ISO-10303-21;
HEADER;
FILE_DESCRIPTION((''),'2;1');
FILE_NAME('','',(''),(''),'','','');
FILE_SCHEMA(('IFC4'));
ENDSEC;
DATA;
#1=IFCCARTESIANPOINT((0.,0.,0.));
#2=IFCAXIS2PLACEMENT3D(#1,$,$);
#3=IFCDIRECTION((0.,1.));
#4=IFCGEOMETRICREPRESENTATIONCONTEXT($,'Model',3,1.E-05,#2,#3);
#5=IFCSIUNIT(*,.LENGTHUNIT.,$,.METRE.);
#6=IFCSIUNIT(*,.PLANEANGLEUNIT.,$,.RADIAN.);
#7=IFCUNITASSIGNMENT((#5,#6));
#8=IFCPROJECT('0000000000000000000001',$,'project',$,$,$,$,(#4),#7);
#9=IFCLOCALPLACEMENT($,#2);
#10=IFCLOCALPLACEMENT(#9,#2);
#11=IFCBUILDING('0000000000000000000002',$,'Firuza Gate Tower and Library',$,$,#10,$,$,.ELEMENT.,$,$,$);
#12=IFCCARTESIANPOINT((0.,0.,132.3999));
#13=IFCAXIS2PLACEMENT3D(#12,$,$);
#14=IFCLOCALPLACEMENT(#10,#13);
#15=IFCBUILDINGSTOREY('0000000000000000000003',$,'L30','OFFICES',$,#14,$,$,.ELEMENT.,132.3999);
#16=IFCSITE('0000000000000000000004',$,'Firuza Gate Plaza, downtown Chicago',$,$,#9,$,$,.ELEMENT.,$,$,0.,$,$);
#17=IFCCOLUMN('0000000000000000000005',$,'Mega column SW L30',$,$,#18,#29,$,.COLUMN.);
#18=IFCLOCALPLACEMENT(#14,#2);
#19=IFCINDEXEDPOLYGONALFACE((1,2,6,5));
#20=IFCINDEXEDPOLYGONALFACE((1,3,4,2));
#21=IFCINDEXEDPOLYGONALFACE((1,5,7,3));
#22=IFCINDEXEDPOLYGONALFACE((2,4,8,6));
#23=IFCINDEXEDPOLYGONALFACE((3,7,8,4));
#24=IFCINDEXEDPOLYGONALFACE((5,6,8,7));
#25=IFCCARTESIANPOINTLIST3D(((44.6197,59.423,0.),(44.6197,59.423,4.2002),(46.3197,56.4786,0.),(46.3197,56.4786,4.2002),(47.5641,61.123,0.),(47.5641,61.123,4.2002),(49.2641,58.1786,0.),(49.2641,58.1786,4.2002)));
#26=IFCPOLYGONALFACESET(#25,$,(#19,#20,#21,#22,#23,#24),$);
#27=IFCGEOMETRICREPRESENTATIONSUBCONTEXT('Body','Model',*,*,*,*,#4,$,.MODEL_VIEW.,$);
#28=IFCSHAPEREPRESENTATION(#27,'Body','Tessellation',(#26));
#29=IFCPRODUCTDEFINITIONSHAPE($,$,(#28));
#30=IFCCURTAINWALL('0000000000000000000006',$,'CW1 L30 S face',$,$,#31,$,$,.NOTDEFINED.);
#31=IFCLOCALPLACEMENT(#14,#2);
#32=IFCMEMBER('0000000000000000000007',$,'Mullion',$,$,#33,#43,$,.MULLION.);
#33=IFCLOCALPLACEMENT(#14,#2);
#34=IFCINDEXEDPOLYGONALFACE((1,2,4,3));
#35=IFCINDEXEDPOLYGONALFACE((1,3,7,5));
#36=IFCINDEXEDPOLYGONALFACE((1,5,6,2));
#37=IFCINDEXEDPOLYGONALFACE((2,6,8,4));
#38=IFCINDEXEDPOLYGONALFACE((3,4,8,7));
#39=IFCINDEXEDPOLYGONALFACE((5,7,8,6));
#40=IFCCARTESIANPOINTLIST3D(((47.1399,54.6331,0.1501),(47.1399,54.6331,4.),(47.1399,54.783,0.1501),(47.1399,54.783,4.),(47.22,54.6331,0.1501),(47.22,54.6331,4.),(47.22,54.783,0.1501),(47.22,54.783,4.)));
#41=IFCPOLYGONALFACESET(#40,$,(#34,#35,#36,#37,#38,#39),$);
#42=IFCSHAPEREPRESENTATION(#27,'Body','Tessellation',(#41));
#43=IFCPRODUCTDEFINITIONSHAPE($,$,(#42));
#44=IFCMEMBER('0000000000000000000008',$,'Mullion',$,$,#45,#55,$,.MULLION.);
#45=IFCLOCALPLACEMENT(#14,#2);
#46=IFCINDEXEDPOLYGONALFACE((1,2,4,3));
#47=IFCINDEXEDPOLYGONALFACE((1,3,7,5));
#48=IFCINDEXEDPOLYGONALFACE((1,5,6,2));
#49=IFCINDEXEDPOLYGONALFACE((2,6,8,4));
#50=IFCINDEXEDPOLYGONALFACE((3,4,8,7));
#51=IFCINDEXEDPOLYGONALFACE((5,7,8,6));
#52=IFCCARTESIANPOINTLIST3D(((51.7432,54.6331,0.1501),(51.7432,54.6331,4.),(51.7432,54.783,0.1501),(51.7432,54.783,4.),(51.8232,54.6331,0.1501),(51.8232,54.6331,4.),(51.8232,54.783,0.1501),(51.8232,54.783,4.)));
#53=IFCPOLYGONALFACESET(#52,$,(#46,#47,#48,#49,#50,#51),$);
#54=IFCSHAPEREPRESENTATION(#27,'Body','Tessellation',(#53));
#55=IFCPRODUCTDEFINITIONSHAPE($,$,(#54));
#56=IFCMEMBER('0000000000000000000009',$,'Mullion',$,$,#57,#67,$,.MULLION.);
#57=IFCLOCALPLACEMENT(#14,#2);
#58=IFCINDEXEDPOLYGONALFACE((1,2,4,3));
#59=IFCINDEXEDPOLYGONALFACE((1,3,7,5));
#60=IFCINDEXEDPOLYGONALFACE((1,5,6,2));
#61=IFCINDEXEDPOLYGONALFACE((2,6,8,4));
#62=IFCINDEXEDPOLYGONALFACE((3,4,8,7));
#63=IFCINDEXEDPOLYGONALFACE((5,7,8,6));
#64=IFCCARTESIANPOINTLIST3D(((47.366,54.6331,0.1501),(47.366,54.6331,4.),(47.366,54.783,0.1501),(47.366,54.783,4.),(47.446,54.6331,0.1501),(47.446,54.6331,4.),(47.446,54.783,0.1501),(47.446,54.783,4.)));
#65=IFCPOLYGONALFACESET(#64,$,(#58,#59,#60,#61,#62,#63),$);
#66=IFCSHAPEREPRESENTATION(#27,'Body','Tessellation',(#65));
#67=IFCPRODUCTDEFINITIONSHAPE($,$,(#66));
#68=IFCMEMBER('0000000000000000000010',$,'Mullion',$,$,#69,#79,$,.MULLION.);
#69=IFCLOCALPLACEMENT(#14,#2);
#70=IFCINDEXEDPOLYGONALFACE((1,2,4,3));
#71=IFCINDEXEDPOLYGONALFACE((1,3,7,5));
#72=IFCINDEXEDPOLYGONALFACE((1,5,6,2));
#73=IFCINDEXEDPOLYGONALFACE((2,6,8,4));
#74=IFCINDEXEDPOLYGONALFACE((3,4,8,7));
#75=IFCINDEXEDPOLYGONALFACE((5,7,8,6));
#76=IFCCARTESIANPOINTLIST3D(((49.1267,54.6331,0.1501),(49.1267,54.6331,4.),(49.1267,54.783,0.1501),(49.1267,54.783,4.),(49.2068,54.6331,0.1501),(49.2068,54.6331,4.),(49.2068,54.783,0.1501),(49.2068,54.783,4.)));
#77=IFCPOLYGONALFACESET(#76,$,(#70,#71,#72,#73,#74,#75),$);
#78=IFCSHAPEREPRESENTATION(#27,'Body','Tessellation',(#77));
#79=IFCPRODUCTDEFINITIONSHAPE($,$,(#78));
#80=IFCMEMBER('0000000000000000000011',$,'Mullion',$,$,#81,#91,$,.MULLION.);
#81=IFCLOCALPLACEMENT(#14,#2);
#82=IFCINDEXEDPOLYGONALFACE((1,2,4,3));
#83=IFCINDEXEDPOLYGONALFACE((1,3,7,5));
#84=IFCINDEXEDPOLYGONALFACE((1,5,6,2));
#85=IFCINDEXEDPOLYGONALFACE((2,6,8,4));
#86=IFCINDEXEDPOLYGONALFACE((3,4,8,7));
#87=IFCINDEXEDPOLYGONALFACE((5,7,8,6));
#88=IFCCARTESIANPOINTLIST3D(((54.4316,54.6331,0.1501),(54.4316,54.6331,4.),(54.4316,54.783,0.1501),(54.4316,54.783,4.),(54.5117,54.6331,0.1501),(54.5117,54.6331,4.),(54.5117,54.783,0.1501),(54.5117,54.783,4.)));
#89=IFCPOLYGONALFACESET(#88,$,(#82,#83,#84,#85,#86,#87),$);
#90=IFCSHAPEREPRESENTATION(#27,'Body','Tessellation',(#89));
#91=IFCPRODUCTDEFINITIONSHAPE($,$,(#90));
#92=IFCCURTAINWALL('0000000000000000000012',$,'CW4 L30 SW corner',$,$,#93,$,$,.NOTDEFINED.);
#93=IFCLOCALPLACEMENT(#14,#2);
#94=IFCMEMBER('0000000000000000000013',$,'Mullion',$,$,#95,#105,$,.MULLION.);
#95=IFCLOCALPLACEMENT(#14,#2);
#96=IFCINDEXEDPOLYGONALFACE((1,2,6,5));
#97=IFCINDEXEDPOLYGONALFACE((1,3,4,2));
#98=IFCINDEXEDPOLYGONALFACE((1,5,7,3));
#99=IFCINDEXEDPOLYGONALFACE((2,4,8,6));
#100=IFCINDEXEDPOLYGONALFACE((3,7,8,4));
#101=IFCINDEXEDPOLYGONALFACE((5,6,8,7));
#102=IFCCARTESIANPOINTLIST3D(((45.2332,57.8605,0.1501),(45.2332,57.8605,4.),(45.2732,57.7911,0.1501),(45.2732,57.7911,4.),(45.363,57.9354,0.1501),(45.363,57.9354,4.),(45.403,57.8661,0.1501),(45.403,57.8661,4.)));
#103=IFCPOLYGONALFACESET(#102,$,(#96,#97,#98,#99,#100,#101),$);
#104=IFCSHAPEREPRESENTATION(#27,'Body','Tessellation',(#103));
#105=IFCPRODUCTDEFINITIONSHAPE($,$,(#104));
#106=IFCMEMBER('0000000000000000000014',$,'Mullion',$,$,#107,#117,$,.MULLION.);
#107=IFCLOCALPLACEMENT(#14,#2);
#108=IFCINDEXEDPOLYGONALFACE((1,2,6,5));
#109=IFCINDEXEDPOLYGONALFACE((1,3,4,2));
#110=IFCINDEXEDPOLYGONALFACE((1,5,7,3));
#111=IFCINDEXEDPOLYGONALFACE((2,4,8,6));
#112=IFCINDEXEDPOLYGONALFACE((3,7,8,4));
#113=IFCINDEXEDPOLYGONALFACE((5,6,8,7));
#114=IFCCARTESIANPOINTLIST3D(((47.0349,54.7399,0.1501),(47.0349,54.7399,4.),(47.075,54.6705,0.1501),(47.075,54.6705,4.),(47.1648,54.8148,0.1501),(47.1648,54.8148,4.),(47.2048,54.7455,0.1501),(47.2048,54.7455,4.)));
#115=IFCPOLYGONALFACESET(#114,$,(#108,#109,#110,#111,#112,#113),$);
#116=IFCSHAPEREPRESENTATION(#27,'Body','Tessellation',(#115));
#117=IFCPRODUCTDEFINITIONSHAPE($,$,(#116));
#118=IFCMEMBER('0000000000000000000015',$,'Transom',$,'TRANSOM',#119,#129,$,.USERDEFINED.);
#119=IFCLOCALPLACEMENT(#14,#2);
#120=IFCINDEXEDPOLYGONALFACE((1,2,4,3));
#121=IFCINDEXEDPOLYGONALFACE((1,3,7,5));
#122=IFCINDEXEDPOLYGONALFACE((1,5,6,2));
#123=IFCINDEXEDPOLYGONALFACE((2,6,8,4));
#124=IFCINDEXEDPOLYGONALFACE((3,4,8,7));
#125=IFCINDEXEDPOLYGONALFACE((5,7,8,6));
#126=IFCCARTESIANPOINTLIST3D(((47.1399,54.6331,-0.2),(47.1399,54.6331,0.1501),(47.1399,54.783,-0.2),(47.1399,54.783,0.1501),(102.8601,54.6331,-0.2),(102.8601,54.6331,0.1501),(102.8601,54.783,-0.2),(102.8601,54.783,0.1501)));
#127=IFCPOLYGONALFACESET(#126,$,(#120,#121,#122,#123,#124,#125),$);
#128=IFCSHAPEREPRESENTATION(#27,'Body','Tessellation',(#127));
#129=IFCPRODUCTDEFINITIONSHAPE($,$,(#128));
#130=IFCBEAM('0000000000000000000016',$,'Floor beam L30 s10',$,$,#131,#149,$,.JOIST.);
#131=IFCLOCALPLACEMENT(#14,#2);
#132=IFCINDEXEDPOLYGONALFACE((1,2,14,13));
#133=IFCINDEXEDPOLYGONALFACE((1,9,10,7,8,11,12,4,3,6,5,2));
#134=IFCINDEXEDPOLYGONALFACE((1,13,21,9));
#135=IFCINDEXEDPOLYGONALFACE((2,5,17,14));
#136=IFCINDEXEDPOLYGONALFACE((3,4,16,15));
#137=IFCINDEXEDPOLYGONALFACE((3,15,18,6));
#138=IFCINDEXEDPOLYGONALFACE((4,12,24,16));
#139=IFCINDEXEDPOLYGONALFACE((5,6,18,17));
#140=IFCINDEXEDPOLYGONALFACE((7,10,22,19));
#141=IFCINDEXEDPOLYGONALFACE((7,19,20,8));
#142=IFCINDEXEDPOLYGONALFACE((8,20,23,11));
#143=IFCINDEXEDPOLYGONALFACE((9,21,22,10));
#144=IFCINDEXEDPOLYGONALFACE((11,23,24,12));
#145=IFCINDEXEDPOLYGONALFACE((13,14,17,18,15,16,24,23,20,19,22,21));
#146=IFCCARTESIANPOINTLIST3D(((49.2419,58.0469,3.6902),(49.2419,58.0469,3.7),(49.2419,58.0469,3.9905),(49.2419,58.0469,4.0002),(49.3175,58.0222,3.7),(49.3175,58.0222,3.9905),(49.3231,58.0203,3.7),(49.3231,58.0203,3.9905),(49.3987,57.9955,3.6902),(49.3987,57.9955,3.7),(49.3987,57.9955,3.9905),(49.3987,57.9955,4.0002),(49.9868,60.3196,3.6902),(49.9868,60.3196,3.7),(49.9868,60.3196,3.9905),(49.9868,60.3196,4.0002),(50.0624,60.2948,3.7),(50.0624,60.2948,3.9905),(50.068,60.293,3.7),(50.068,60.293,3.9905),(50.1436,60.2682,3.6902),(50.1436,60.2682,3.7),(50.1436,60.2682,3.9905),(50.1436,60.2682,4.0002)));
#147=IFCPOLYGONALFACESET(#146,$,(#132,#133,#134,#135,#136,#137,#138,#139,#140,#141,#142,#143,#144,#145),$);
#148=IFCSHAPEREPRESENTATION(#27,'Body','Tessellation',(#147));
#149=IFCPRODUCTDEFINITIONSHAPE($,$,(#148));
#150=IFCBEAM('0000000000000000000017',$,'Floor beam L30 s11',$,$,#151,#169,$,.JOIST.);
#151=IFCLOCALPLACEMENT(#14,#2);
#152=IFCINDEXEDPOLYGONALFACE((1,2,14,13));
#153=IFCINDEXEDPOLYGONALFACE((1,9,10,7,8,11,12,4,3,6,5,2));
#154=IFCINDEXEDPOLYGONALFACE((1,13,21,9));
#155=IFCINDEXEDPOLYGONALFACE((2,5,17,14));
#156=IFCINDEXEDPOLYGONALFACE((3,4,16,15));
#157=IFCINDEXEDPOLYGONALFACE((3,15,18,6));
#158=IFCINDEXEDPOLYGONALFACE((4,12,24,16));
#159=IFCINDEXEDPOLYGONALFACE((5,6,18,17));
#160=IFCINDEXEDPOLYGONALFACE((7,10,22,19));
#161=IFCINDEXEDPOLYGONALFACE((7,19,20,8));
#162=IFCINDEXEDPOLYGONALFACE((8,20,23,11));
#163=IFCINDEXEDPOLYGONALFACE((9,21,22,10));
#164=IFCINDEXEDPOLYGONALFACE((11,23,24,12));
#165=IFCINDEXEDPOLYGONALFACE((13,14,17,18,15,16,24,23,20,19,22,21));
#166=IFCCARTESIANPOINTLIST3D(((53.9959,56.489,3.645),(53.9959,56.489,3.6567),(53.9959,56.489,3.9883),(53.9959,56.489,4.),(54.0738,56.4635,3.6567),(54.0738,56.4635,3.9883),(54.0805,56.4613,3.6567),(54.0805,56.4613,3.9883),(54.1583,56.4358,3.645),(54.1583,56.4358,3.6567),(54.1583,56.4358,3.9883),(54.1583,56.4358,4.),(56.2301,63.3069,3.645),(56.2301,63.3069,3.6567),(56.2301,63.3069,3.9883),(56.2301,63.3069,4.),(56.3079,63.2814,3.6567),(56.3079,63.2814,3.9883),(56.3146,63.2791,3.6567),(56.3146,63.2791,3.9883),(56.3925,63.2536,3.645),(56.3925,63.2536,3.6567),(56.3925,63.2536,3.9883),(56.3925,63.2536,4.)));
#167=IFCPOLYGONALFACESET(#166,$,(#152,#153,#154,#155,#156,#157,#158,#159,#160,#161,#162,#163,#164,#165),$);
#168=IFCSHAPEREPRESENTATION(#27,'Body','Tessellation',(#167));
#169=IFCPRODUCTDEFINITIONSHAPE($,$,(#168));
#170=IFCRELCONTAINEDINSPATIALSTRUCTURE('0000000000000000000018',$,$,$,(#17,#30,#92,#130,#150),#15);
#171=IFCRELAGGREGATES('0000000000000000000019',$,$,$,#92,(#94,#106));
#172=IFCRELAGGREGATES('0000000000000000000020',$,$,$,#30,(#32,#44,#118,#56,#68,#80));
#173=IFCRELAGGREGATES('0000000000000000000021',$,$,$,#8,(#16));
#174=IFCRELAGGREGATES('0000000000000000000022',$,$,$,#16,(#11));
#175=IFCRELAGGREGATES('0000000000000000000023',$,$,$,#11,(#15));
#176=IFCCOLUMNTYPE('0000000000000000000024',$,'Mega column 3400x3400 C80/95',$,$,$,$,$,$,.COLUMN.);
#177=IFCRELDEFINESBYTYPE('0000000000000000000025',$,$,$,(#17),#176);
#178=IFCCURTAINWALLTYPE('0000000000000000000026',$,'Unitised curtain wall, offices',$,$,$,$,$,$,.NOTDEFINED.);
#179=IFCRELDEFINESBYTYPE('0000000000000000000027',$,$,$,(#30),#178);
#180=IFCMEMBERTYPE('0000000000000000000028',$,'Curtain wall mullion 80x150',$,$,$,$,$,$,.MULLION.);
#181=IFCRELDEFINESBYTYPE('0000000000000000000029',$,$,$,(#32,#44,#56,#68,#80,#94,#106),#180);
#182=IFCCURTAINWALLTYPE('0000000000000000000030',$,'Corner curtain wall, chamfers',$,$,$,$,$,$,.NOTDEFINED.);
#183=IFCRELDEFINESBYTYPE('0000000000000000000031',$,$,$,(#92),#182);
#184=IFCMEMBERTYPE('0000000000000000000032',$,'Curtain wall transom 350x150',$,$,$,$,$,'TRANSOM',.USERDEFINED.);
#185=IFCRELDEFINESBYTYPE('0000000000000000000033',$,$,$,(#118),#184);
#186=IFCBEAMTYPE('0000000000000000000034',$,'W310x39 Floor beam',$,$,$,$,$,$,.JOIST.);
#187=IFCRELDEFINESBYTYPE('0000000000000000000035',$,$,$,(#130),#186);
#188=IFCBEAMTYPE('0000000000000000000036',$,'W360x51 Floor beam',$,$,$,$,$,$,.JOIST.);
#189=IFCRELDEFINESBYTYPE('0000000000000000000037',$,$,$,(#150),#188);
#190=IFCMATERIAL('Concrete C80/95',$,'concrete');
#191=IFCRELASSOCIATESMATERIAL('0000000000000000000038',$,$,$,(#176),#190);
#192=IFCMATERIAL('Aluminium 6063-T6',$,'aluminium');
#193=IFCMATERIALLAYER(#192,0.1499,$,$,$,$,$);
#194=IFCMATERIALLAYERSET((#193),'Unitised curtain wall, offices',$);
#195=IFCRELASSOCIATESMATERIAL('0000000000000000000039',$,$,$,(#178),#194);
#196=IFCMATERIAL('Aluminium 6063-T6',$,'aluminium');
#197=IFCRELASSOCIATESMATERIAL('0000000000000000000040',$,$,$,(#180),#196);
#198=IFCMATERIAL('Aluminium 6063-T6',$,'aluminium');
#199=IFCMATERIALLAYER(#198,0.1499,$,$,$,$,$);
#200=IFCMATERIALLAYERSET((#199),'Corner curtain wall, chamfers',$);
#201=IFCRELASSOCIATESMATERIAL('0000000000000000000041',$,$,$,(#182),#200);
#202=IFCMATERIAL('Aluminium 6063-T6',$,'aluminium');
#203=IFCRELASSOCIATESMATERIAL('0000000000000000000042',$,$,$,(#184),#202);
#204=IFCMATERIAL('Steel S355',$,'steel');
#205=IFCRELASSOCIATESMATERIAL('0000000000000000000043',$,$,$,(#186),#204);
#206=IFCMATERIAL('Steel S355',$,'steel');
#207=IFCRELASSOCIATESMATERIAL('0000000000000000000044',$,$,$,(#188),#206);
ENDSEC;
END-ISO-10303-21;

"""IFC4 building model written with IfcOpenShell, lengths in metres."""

from ifc_helpers import new_model, si_unit, direction, frame, origin, origin_2d, place, context, subcontext, project, spatial, rectangle, i_section, extrude, material, layer, layer_set, material_profile, profile_set, type_object, element, aggregate, save


model = new_model("IFC4")

# Units and contexts
model_context = context("Model", 3, precision=1e-05, world=origin(), true_north=direction((0.0, 1.0)))
body_context = subcontext(model_context, "Body", "Model", "MODEL_VIEW")
ifc_project = project(units=[si_unit("LENGTHUNIT", "METRE"), si_unit("PLANEANGLEUNIT", "RADIAN")], contexts=[model_context])

# Site, building, storey
site_placement = place(None, origin())
site = spatial("IfcSite", under=ifc_project, at=site_placement, Name="Firuza Gate Plaza, downtown Chicago", CompositionType="ELEMENT", RefElevation=0.0)
building_placement = place(site_placement, origin())
building = spatial("IfcBuilding", under=site, at=building_placement, Name="Firuza Gate Tower and Library", CompositionType="ELEMENT")
storey_placement = place(building_placement, frame((0.0, 0.0, 132.3999)))
storey = spatial("IfcBuildingStorey", under=building, at=storey_placement, Name="L30", Description="OFFICES", CompositionType="ELEMENT", Elevation=132.3999)

# Column
ifc_material_1 = material(Name="Concrete C80/95", Category="concrete")
ifc_material_profile_1 = material_profile(ifc_material_1, rectangle(XDim=3.3999, YDim=3.3999, at=origin_2d()))
ifc_profile_set_1 = profile_set([ifc_material_profile_1], Name="Concrete C80/95")
column_type = type_object("IfcColumnType", Name="Mega column 3400x3400 C80/95", PredefinedType="COLUMN", material=ifc_profile_set_1)
column_placement = place(storey_placement, frame((46.9419, 58.8008, 0.0), z_axis=(0.0, 0.0, 1.0), x_axis=(0.5, -0.866025, 0.0)))
element("IfcColumn", 1, at=column_placement, inside=storey, type_object=column_type, Name="Mega column SW L30", PredefinedType="COLUMN", context=body_context, shape_type="SweptSolid", body=[
    extrude(rectangle(XDim=3.3999, YDim=3.3999, at=origin_2d()), origin(), (0.0, 0.0, 1.0), 4.2002),
])

# Curtain walls, members
ifc_material_2 = material(Name="Aluminium 6063-T6", Category="aluminium")
ifc_layer_1 = layer(ifc_material_2, 0.1499)
ifc_layer_set_1 = layer_set([ifc_layer_1], Name="Unitised curtain wall, offices")
curtain_wall_type_1 = type_object("IfcCurtainWallType", Name="Unitised curtain wall, offices", PredefinedType="NOTDEFINED", material=ifc_layer_set_1)
placement_1 = place(storey_placement, origin())
curtain_wall_1 = element("IfcCurtainWall", 2, at=placement_1, inside=storey, type_object=curtain_wall_type_1, Name="CW1 L30 S face", PredefinedType="NOTDEFINED")
ifc_material_3 = material(Name="Aluminium 6063-T6", Category="aluminium")
ifc_material_profile_2 = material_profile(ifc_material_3, rectangle(XDim=0.1499, YDim=0.0801, at=origin_2d()))
ifc_profile_set_2 = profile_set([ifc_material_profile_2], Name="Aluminium 6063-T6")
member_type_1 = type_object("IfcMemberType", Name="Curtain wall mullion 80x150", PredefinedType="MULLION", material=ifc_profile_set_2)
member_1_placement = place(storey_placement, frame((47.1799, 54.708, 0.1501), z_axis=(0.0, 0.0, 1.0), x_axis=(0.0, 1.0, 0.0)))
member_1 = element("IfcMember", 3, at=member_1_placement, type_object=member_type_1, Name="Mullion", PredefinedType="MULLION", context=body_context, shape_type="SweptSolid", body=[
    extrude(rectangle(XDim=0.1499, YDim=0.0801, at=origin_2d()), origin(), (0.0, 0.0, 1.0), 3.8499),
])
member_2_placement = place(storey_placement, frame((51.7832, 54.708, 0.1501), z_axis=(0.0, 0.0, 1.0), x_axis=(0.0, 1.0, 0.0)))
member_2 = element("IfcMember", 4, at=member_2_placement, type_object=member_type_1, Name="Mullion", PredefinedType="MULLION", context=body_context, shape_type="SweptSolid", body=[
    extrude(rectangle(XDim=0.1499, YDim=0.0801, at=origin_2d()), origin(), (0.0, 0.0, 1.0), 3.8499),
])
member_3_placement = place(storey_placement, frame((47.406, 54.708, 0.1501), z_axis=(0.0, 0.0, 1.0), x_axis=(0.0, 1.0, 0.0)))
member_3 = element("IfcMember", 5, at=member_3_placement, type_object=member_type_1, Name="Mullion", PredefinedType="MULLION", context=body_context, shape_type="SweptSolid", body=[
    extrude(rectangle(XDim=0.1499, YDim=0.0801, at=origin_2d()), origin(), (0.0, 0.0, 1.0), 3.8499),
])
member_4_placement = place(storey_placement, frame((49.1667, 54.708, 0.1501), z_axis=(0.0, 0.0, 1.0), x_axis=(0.0, 1.0, 0.0)))
member_4 = element("IfcMember", 6, at=member_4_placement, type_object=member_type_1, Name="Mullion", PredefinedType="MULLION", context=body_context, shape_type="SweptSolid", body=[
    extrude(rectangle(XDim=0.1499, YDim=0.0801, at=origin_2d()), origin(), (0.0, 0.0, 1.0), 3.8499),
])
member_5_placement = place(storey_placement, frame((54.4717, 54.708, 0.1501), z_axis=(0.0, 0.0, 1.0), x_axis=(0.0, 1.0, 0.0)))
member_5 = element("IfcMember", 7, at=member_5_placement, type_object=member_type_1, Name="Mullion", PredefinedType="MULLION", context=body_context, shape_type="SweptSolid", body=[
    extrude(rectangle(XDim=0.1499, YDim=0.0801, at=origin_2d()), origin(), (0.0, 0.0, 1.0), 3.8499),
])
ifc_material_4 = material(Name="Aluminium 6063-T6", Category="aluminium")
ifc_layer_2 = layer(ifc_material_4, 0.1499)
ifc_layer_set_2 = layer_set([ifc_layer_2], Name="Corner curtain wall, chamfers")
curtain_wall_type_2 = type_object("IfcCurtainWallType", Name="Corner curtain wall, chamfers", PredefinedType="NOTDEFINED", material=ifc_layer_set_2)
curtain_wall_2 = element("IfcCurtainWall", 8, at=placement_1, inside=storey, type_object=curtain_wall_type_2, Name="CW4 L30 SW corner", PredefinedType="NOTDEFINED")
member_6_placement = place(storey_placement, frame((45.3181, 57.8633, 0.1501), z_axis=(0.0, 0.0, 1.0), x_axis=(0.866025, 0.5, 0.0)))
member_6 = element("IfcMember", 9, at=member_6_placement, type_object=member_type_1, Name="Mullion", PredefinedType="MULLION", context=body_context, shape_type="SweptSolid", body=[
    extrude(rectangle(XDim=0.1499, YDim=0.0801, at=origin_2d()), origin(), (0.0, 0.0, 1.0), 3.8499),
])
member_7_placement = place(storey_placement, frame((47.1199, 54.7427, 0.1501), z_axis=(0.0, 0.0, 1.0), x_axis=(0.866025, 0.5, 0.0)))
member_7 = element("IfcMember", 10, at=member_7_placement, type_object=member_type_1, Name="Mullion", PredefinedType="MULLION", context=body_context, shape_type="SweptSolid", body=[
    extrude(rectangle(XDim=0.1499, YDim=0.0801, at=origin_2d()), origin(), (0.0, 0.0, 1.0), 3.8499),
])

# Member
ifc_material_5 = material(Name="Aluminium 6063-T6", Category="aluminium")
ifc_material_profile_3 = material_profile(ifc_material_5, rectangle(XDim=0.1499, YDim=0.3501, at=origin_2d()))
ifc_profile_set_3 = profile_set([ifc_material_profile_3], Name="Aluminium 6063-T6")
member_type_2 = type_object("IfcMemberType", Name="Curtain wall transom 350x150", ElementType="TRANSOM", PredefinedType="USERDEFINED", material=ifc_profile_set_3)
member_8_placement = place(storey_placement, frame((47.1399, 54.708, -0.0249), z_axis=(1.0, 0.0, 0.0), x_axis=(0.0, 1.0, 0.0)))
member_8 = element("IfcMember", 11, at=member_8_placement, type_object=member_type_2, Name="Transom", ObjectType="TRANSOM", PredefinedType="USERDEFINED", context=body_context, shape_type="SweptSolid", body=[
    extrude(rectangle(XDim=0.1499, YDim=0.3501, at=origin_2d()), origin(), (0.0, 0.0, 1.0), 55.7202),
])

# Beams
ifc_material_6 = material(Name="Steel S355", Category="steel")
ifc_material_profile_4 = material_profile(ifc_material_6, i_section(OverallWidth=0.165, OverallDepth=0.3101, WebThickness=0.0059, FlangeThickness=0.0098, at=origin_2d()))
ifc_profile_set_4 = profile_set([ifc_material_profile_4], Name="Steel S355")
beam_type_1 = type_object("IfcBeamType", Name="W310x39 Floor beam", PredefinedType="JOIST", material=ifc_profile_set_4)
beam_1_placement = place(storey_placement, frame((49.3203, 58.0212, 3.8452), z_axis=(0.311446, 0.950264, 0.0), x_axis=(-0.950264, 0.311446, 0.0)))
element("IfcBeam", 12, at=beam_1_placement, inside=storey, type_object=beam_type_1, Name="Floor beam L30 s10", PredefinedType="JOIST", context=body_context, shape_type="SweptSolid", body=[
    extrude(i_section(OverallWidth=0.165, OverallDepth=0.3101, WebThickness=0.0059, FlangeThickness=0.0098, at=origin_2d()), origin(), (0.0, 0.0, 1.0), 2.3916),
])
ifc_material_7 = material(Name="Steel S355", Category="steel")
ifc_material_profile_5 = material_profile(ifc_material_7, i_section(OverallWidth=0.1709, OverallDepth=0.355, WebThickness=0.0071, FlangeThickness=0.0117, at=origin_2d()))
ifc_profile_set_5 = profile_set([ifc_material_profile_5], Name="Steel S355")
beam_type_2 = type_object("IfcBeamType", Name="W360x51 Floor beam", PredefinedType="JOIST", material=ifc_profile_set_5)
beam_2_placement = place(storey_placement, frame((54.0771, 56.4624, 3.8225), z_axis=(0.311395, 0.950281, 0.0), x_axis=(-0.950281, 0.311395, 0.0)))
element("IfcBeam", 13, at=beam_2_placement, inside=storey, type_object=beam_type_2, Name="Floor beam L30 s11", PredefinedType="JOIST", context=body_context, shape_type="SweptSolid", body=[
    extrude(i_section(OverallWidth=0.1709, OverallDepth=0.355, WebThickness=0.0071, FlangeThickness=0.0117, at=origin_2d()), origin(), (0.0, 0.0, 1.0), 7.1746),
])

aggregate(curtain_wall_2, [member_6, member_7])
aggregate(curtain_wall_1, [member_1, member_2, member_8, member_3, member_4, member_5])

save(model, "model.ifc")
